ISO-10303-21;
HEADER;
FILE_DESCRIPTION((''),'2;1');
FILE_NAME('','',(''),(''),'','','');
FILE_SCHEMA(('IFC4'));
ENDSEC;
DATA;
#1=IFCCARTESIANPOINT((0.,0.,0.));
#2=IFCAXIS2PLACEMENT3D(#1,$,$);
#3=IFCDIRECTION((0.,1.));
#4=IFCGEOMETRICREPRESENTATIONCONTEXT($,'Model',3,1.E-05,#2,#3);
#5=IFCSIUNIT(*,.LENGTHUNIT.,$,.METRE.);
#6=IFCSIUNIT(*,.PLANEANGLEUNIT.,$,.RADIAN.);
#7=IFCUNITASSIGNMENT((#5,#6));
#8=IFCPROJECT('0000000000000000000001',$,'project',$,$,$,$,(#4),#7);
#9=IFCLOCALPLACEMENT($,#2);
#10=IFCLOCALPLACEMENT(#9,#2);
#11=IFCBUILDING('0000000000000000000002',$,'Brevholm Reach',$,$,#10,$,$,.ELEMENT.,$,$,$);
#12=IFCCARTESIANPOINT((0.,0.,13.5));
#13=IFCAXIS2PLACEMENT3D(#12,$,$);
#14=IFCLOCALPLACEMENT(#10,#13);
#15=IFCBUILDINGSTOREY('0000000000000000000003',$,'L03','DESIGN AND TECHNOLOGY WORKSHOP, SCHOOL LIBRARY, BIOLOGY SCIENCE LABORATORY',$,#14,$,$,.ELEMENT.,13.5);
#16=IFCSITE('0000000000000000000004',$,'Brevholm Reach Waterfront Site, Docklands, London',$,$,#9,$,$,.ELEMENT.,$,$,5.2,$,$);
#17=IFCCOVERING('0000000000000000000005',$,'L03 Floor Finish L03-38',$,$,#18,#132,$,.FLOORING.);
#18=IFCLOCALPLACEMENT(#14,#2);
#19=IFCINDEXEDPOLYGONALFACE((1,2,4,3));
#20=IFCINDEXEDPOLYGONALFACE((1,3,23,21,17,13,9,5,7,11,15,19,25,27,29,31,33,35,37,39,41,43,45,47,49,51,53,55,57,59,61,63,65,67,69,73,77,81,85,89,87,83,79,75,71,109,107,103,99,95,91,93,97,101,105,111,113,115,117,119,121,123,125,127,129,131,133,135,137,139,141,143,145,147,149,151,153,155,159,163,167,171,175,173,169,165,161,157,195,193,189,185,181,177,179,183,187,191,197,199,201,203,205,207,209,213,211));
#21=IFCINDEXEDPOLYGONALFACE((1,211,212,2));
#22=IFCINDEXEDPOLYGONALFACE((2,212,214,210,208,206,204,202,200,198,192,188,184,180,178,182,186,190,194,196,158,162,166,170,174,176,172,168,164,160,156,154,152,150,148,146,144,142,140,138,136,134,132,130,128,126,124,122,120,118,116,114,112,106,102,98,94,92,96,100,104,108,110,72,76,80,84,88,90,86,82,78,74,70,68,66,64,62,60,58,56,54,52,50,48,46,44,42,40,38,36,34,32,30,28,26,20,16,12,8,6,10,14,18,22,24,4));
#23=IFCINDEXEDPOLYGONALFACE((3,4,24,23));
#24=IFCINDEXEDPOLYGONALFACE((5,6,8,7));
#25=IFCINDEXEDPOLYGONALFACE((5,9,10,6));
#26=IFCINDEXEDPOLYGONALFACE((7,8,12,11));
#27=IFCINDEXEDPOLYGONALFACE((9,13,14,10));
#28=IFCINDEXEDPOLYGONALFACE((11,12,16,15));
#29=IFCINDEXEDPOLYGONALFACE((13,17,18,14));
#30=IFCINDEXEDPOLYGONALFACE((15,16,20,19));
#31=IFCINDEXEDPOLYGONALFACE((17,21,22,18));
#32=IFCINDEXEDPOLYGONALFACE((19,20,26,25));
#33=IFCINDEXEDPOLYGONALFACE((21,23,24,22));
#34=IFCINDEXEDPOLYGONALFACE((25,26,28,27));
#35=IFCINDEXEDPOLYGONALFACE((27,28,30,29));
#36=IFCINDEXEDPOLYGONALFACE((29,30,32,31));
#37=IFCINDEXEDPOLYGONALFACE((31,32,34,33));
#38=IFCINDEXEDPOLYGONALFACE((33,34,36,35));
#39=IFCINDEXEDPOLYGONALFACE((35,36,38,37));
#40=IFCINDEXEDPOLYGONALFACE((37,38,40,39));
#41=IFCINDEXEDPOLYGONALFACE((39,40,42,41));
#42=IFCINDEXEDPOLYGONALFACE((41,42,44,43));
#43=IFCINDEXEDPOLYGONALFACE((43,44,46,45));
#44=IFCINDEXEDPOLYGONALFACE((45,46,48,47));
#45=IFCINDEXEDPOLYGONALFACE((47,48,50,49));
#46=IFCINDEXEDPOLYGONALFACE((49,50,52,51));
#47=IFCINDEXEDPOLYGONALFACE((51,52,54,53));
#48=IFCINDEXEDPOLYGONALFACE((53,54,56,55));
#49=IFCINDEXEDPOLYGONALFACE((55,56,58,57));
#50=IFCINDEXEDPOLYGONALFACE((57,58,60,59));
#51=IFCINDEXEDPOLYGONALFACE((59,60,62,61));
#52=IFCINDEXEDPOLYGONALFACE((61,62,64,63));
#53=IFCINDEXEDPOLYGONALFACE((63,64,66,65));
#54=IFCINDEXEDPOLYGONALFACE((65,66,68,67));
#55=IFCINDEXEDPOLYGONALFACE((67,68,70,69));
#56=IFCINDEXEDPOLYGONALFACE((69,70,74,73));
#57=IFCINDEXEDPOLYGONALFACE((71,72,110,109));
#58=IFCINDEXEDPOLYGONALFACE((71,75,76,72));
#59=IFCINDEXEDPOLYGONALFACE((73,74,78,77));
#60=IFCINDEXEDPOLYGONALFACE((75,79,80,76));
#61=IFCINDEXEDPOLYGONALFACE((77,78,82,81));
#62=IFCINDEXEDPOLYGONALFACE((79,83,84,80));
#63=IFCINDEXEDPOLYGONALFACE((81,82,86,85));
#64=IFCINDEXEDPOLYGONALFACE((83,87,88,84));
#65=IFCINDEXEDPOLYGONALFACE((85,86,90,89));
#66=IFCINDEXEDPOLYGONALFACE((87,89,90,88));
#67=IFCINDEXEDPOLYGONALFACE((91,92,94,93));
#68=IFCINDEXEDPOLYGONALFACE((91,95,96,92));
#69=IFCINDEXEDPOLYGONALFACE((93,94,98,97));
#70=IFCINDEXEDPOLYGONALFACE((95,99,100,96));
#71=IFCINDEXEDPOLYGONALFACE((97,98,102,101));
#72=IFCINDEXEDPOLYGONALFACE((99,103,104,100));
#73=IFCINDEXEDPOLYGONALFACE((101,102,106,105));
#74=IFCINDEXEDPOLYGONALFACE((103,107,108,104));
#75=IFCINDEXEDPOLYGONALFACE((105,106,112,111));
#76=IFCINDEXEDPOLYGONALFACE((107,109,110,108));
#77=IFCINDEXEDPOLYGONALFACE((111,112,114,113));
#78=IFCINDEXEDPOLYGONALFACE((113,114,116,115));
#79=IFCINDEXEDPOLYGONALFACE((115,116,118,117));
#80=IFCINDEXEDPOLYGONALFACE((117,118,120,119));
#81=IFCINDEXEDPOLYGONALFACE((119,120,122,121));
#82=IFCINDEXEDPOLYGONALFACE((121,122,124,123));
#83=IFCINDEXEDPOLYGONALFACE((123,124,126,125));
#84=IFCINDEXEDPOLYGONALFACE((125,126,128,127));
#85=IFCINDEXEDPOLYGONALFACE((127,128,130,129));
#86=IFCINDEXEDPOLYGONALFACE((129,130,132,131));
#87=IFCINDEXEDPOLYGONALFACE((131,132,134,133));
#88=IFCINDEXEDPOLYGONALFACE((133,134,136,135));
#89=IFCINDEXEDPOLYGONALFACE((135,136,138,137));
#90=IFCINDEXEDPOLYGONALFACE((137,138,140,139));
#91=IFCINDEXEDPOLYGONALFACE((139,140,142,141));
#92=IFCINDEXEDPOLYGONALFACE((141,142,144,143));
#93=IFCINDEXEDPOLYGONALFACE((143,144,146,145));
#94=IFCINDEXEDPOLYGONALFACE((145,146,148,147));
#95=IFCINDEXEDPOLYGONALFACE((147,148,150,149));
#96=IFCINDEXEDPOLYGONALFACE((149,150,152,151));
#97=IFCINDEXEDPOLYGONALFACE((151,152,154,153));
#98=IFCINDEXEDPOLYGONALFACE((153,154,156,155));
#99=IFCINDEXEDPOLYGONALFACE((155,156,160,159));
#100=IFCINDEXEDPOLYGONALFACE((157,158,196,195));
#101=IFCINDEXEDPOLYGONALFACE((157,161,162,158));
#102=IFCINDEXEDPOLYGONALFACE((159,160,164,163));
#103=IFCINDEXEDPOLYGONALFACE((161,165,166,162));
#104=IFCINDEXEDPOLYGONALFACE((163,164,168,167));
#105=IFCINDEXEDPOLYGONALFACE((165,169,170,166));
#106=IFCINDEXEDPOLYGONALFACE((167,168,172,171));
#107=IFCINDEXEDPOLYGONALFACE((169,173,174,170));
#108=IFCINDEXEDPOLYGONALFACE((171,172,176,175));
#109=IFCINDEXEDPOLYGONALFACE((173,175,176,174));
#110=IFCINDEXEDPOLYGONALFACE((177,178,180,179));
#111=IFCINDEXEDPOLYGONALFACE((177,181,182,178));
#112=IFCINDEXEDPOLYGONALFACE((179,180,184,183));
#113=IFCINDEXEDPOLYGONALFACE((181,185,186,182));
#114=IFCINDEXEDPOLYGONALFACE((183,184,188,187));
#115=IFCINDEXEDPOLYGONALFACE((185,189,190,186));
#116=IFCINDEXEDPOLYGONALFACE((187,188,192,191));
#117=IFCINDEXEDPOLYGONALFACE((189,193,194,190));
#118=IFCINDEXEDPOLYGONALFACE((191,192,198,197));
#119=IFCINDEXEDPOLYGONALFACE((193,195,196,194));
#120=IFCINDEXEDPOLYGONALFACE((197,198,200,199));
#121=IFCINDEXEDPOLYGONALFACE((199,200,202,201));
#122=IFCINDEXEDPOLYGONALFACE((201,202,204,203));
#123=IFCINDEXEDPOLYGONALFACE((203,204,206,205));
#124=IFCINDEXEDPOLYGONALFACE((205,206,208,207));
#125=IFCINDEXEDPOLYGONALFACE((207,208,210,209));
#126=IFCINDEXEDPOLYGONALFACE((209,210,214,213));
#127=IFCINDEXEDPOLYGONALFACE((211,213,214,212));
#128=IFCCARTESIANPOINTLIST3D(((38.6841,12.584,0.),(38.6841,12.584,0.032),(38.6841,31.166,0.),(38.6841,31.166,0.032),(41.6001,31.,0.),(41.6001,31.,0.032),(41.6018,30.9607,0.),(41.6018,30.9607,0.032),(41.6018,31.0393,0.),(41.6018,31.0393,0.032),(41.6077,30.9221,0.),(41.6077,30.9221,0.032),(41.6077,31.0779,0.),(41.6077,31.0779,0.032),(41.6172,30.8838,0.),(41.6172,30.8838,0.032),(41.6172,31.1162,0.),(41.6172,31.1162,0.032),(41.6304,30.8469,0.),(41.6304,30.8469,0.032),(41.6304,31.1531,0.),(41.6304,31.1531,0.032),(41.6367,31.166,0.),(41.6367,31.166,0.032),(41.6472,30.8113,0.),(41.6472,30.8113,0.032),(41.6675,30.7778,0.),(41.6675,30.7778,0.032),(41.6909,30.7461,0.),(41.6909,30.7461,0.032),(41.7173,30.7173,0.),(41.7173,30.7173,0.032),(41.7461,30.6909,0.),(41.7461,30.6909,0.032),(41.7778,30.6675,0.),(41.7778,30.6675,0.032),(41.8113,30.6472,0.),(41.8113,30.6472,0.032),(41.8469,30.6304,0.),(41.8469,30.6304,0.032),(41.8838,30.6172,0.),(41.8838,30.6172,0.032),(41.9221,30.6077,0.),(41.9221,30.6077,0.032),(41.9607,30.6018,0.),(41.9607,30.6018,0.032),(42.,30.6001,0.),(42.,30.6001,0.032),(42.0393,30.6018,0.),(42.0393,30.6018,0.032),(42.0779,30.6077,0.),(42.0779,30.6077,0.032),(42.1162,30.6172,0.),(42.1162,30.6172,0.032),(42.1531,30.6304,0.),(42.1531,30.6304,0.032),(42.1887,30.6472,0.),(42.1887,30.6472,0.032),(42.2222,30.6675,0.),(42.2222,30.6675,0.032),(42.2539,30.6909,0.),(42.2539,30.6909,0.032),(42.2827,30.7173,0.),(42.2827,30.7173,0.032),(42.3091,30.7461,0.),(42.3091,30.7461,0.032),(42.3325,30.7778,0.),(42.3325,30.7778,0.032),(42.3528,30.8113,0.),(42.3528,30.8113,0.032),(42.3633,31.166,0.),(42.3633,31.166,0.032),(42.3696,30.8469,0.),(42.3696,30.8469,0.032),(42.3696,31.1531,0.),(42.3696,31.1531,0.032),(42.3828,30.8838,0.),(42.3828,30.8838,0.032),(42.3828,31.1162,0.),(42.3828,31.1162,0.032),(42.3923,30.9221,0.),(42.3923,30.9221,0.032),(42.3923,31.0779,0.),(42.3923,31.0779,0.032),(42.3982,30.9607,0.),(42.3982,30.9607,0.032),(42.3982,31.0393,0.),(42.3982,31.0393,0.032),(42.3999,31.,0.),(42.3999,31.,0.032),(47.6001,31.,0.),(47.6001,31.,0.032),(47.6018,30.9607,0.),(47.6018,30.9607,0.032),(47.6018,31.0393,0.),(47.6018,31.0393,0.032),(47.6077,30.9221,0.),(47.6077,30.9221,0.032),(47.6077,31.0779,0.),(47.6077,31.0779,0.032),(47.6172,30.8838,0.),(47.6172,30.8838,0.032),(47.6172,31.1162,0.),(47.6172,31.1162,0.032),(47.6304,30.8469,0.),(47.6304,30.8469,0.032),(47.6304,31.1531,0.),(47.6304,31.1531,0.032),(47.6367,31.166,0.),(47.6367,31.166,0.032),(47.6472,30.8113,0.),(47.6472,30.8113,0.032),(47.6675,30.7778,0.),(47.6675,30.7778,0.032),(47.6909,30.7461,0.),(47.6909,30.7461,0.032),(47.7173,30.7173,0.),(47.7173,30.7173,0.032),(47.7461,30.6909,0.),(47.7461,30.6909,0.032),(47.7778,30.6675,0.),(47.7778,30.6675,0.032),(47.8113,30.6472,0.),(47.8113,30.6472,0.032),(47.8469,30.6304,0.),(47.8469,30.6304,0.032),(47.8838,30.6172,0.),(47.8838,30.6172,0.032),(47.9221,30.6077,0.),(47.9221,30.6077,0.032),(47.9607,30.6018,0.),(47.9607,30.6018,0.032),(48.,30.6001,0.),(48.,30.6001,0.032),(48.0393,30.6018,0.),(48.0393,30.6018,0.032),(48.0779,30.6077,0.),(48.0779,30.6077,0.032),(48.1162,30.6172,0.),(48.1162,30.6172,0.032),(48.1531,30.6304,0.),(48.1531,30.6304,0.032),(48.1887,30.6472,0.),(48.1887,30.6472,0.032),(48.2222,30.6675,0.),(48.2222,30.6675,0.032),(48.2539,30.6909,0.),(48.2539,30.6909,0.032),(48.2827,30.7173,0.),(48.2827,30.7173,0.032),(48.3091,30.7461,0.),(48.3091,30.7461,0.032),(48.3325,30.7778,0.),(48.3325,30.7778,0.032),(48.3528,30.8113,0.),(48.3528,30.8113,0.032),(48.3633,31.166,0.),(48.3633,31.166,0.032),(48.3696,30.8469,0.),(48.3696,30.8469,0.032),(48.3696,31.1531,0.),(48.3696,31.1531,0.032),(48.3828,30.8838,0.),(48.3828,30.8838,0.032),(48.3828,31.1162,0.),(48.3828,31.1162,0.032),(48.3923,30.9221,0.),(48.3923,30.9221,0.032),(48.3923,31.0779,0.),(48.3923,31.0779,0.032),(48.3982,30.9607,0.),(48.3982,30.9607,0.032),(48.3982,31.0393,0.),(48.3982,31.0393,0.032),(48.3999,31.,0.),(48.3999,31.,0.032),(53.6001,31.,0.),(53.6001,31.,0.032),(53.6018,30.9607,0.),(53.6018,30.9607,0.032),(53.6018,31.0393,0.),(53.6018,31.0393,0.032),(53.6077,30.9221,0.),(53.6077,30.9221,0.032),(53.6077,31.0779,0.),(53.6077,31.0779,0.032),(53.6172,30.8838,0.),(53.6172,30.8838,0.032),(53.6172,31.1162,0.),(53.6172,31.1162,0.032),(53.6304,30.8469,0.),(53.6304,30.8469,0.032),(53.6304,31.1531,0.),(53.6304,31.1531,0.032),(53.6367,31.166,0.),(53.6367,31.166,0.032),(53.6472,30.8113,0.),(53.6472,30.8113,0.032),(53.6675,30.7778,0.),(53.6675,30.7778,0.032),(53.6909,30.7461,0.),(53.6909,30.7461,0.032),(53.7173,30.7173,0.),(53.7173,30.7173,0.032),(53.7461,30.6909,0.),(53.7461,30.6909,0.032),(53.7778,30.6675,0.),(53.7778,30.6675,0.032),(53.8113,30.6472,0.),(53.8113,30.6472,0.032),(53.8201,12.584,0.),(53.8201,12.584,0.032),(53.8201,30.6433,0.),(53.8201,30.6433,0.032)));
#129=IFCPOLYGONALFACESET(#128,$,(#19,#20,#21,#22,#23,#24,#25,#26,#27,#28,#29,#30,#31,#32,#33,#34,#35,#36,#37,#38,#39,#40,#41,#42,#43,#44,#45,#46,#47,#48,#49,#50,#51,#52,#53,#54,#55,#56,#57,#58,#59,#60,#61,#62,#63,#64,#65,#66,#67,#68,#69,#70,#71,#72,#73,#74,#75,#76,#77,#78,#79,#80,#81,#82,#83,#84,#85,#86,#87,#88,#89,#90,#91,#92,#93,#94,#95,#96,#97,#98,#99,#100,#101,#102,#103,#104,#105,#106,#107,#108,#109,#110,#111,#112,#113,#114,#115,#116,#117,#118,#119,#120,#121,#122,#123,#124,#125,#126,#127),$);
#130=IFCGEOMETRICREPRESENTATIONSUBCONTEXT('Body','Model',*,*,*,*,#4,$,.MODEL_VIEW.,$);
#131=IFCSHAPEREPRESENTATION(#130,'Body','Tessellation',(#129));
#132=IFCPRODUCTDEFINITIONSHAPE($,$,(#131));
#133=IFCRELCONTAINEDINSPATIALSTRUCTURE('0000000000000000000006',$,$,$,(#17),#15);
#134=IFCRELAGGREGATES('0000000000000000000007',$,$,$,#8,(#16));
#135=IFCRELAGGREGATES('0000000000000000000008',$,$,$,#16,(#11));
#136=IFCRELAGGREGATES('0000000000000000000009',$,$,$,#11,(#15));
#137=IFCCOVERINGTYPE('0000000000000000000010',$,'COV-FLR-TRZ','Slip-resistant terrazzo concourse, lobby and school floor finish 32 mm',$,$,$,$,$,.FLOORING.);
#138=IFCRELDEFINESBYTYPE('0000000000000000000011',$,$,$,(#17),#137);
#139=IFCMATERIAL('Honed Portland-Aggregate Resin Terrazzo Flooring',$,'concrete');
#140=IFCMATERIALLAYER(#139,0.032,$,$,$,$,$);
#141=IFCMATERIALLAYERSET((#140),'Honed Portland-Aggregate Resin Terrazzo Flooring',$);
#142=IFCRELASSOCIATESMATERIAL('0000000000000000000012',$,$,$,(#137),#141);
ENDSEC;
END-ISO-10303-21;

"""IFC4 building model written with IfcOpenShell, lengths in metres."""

from ifc_helpers import new_model, si_unit, direction, frame, origin, place, context, subcontext, project, spatial, polyline, outline, extrude, material, layer, layer_set, type_object, element, save


model = new_model("IFC4")

# Units and contexts
model_context = context("Model", 3, precision=1e-05, world=origin(), true_north=direction((0.0, 1.0)))
body_context = subcontext(model_context, "Body", "Model", "MODEL_VIEW")
ifc_project = project(units=[si_unit("LENGTHUNIT", "METRE"), si_unit("PLANEANGLEUNIT", "RADIAN")], contexts=[model_context])

# Site, building, storey
site_placement = place(None, origin())
site = spatial("IfcSite", under=ifc_project, at=site_placement, Name="Brevholm Reach Waterfront Site, Docklands, London", CompositionType="ELEMENT", RefElevation=5.2)
building_placement = place(site_placement, origin())
building = spatial("IfcBuilding", under=site, at=building_placement, Name="Brevholm Reach", CompositionType="ELEMENT")
storey_placement = place(building_placement, frame((0.0, 0.0, 13.5)))
storey = spatial("IfcBuildingStorey", under=building, at=storey_placement, Name="L03", Description="DESIGN AND TECHNOLOGY WORKSHOP, SCHOOL LIBRARY, BIOLOGY SCIENCE LABORATORY", CompositionType="ELEMENT", Elevation=13.5)

# Covering
ifc_material_1 = material(Name="Honed Portland-Aggregate Resin Terrazzo Flooring", Category="concrete")
ifc_layer_1 = layer(ifc_material_1, 0.032)
ifc_layer_set_1 = layer_set([ifc_layer_1], Name="Honed Portland-Aggregate Resin Terrazzo Flooring")
covering_type_1 = type_object("IfcCoveringType", Name="COV-FLR-TRZ", Description="Slip-resistant terrazzo concourse, lobby and school floor finish 32 mm", PredefinedType="FLOORING", material=ifc_layer_set_1)
covering_1_placement = place(storey_placement, origin())
element("IfcCovering", 1, at=covering_1_placement, inside=storey, type_object=covering_type_1, Name="L03 Floor Finish L03-38", PredefinedType="FLOORING", context=body_context, shape_type="SweptSolid", body=[
    extrude(outline(polyline([(53.8201, 12.584), (38.6841, 12.584), (38.6841, 31.166), (41.6367, 31.166), (41.6304, 31.1531), (41.6172, 31.1162), (41.6077, 31.0779), (41.6018, 31.0393), (41.6001, 31.0), (41.6018, 30.9607), (41.6077, 30.9221), (41.6172, 30.8838), (41.6304, 30.8469), (41.6472, 30.8113), (41.6675, 30.7778), (41.6909, 30.7461), (41.7173, 30.7173), (41.7461, 30.6909), (41.7778, 30.6675), (41.8113, 30.6472), (41.8469, 30.6304), (41.8838, 30.6172), (41.9221, 30.6077), (41.9607, 30.6018), (42.0, 30.6001), (42.0393, 30.6018), (42.0779, 30.6077), (42.1162, 30.6172), (42.1531, 30.6304), (42.1887, 30.6472), (42.2222, 30.6675), (42.2539, 30.6909), (42.2827, 30.7173), (42.3091, 30.7461), (42.3325, 30.7778), (42.3528, 30.8113), (42.3696, 30.8469), (42.3828, 30.8838), (42.3923, 30.9221), (42.3982, 30.9607), (42.3999, 31.0), (42.3982, 31.0393), (42.3923, 31.0779), (42.3828, 31.1162), (42.3696, 31.1531), (42.3633, 31.166), (47.6367, 31.166), (47.6304, 31.1531), (47.6172, 31.1162), (47.6077, 31.0779), (47.6018, 31.0393), (47.6001, 31.0), (47.6018, 30.9607), (47.6077, 30.9221), (47.6172, 30.8838), (47.6304, 30.8469), (47.6472, 30.8113), (47.6675, 30.7778), (47.6909, 30.7461), (47.7173, 30.7173), (47.7461, 30.6909), (47.7778, 30.6675), (47.8113, 30.6472), (47.8469, 30.6304), (47.8838, 30.6172), (47.9221, 30.6077), (47.9607, 30.6018), (48.0, 30.6001), (48.0393, 30.6018), (48.0779, 30.6077), (48.1162, 30.6172), (48.1531, 30.6304), (48.1887, 30.6472), (48.2222, 30.6675), (48.2539, 30.6909), (48.2827, 30.7173), (48.3091, 30.7461), (48.3325, 30.7778), (48.3528, 30.8113), (48.3696, 30.8469), (48.3828, 30.8838), (48.3923, 30.9221), (48.3982, 30.9607), (48.3999, 31.0), (48.3982, 31.0393), (48.3923, 31.0779), (48.3828, 31.1162), (48.3696, 31.1531), (48.3633, 31.166), (53.6367, 31.166), (53.6304, 31.1531), (53.6172, 31.1162), (53.6077, 31.0779), (53.6018, 31.0393), (53.6001, 31.0), (53.6018, 30.9607), (53.6077, 30.9221), (53.6172, 30.8838), (53.6304, 30.8469), (53.6472, 30.8113), (53.6675, 30.7778), (53.6909, 30.7461), (53.7173, 30.7173), (53.7461, 30.6909), (53.7778, 30.6675), (53.8113, 30.6472), (53.8201, 30.6433), (53.8201, 12.584)])), origin(), (0.0, 0.0, 1.0), 0.032),
])

save(model, "model.ifc")
